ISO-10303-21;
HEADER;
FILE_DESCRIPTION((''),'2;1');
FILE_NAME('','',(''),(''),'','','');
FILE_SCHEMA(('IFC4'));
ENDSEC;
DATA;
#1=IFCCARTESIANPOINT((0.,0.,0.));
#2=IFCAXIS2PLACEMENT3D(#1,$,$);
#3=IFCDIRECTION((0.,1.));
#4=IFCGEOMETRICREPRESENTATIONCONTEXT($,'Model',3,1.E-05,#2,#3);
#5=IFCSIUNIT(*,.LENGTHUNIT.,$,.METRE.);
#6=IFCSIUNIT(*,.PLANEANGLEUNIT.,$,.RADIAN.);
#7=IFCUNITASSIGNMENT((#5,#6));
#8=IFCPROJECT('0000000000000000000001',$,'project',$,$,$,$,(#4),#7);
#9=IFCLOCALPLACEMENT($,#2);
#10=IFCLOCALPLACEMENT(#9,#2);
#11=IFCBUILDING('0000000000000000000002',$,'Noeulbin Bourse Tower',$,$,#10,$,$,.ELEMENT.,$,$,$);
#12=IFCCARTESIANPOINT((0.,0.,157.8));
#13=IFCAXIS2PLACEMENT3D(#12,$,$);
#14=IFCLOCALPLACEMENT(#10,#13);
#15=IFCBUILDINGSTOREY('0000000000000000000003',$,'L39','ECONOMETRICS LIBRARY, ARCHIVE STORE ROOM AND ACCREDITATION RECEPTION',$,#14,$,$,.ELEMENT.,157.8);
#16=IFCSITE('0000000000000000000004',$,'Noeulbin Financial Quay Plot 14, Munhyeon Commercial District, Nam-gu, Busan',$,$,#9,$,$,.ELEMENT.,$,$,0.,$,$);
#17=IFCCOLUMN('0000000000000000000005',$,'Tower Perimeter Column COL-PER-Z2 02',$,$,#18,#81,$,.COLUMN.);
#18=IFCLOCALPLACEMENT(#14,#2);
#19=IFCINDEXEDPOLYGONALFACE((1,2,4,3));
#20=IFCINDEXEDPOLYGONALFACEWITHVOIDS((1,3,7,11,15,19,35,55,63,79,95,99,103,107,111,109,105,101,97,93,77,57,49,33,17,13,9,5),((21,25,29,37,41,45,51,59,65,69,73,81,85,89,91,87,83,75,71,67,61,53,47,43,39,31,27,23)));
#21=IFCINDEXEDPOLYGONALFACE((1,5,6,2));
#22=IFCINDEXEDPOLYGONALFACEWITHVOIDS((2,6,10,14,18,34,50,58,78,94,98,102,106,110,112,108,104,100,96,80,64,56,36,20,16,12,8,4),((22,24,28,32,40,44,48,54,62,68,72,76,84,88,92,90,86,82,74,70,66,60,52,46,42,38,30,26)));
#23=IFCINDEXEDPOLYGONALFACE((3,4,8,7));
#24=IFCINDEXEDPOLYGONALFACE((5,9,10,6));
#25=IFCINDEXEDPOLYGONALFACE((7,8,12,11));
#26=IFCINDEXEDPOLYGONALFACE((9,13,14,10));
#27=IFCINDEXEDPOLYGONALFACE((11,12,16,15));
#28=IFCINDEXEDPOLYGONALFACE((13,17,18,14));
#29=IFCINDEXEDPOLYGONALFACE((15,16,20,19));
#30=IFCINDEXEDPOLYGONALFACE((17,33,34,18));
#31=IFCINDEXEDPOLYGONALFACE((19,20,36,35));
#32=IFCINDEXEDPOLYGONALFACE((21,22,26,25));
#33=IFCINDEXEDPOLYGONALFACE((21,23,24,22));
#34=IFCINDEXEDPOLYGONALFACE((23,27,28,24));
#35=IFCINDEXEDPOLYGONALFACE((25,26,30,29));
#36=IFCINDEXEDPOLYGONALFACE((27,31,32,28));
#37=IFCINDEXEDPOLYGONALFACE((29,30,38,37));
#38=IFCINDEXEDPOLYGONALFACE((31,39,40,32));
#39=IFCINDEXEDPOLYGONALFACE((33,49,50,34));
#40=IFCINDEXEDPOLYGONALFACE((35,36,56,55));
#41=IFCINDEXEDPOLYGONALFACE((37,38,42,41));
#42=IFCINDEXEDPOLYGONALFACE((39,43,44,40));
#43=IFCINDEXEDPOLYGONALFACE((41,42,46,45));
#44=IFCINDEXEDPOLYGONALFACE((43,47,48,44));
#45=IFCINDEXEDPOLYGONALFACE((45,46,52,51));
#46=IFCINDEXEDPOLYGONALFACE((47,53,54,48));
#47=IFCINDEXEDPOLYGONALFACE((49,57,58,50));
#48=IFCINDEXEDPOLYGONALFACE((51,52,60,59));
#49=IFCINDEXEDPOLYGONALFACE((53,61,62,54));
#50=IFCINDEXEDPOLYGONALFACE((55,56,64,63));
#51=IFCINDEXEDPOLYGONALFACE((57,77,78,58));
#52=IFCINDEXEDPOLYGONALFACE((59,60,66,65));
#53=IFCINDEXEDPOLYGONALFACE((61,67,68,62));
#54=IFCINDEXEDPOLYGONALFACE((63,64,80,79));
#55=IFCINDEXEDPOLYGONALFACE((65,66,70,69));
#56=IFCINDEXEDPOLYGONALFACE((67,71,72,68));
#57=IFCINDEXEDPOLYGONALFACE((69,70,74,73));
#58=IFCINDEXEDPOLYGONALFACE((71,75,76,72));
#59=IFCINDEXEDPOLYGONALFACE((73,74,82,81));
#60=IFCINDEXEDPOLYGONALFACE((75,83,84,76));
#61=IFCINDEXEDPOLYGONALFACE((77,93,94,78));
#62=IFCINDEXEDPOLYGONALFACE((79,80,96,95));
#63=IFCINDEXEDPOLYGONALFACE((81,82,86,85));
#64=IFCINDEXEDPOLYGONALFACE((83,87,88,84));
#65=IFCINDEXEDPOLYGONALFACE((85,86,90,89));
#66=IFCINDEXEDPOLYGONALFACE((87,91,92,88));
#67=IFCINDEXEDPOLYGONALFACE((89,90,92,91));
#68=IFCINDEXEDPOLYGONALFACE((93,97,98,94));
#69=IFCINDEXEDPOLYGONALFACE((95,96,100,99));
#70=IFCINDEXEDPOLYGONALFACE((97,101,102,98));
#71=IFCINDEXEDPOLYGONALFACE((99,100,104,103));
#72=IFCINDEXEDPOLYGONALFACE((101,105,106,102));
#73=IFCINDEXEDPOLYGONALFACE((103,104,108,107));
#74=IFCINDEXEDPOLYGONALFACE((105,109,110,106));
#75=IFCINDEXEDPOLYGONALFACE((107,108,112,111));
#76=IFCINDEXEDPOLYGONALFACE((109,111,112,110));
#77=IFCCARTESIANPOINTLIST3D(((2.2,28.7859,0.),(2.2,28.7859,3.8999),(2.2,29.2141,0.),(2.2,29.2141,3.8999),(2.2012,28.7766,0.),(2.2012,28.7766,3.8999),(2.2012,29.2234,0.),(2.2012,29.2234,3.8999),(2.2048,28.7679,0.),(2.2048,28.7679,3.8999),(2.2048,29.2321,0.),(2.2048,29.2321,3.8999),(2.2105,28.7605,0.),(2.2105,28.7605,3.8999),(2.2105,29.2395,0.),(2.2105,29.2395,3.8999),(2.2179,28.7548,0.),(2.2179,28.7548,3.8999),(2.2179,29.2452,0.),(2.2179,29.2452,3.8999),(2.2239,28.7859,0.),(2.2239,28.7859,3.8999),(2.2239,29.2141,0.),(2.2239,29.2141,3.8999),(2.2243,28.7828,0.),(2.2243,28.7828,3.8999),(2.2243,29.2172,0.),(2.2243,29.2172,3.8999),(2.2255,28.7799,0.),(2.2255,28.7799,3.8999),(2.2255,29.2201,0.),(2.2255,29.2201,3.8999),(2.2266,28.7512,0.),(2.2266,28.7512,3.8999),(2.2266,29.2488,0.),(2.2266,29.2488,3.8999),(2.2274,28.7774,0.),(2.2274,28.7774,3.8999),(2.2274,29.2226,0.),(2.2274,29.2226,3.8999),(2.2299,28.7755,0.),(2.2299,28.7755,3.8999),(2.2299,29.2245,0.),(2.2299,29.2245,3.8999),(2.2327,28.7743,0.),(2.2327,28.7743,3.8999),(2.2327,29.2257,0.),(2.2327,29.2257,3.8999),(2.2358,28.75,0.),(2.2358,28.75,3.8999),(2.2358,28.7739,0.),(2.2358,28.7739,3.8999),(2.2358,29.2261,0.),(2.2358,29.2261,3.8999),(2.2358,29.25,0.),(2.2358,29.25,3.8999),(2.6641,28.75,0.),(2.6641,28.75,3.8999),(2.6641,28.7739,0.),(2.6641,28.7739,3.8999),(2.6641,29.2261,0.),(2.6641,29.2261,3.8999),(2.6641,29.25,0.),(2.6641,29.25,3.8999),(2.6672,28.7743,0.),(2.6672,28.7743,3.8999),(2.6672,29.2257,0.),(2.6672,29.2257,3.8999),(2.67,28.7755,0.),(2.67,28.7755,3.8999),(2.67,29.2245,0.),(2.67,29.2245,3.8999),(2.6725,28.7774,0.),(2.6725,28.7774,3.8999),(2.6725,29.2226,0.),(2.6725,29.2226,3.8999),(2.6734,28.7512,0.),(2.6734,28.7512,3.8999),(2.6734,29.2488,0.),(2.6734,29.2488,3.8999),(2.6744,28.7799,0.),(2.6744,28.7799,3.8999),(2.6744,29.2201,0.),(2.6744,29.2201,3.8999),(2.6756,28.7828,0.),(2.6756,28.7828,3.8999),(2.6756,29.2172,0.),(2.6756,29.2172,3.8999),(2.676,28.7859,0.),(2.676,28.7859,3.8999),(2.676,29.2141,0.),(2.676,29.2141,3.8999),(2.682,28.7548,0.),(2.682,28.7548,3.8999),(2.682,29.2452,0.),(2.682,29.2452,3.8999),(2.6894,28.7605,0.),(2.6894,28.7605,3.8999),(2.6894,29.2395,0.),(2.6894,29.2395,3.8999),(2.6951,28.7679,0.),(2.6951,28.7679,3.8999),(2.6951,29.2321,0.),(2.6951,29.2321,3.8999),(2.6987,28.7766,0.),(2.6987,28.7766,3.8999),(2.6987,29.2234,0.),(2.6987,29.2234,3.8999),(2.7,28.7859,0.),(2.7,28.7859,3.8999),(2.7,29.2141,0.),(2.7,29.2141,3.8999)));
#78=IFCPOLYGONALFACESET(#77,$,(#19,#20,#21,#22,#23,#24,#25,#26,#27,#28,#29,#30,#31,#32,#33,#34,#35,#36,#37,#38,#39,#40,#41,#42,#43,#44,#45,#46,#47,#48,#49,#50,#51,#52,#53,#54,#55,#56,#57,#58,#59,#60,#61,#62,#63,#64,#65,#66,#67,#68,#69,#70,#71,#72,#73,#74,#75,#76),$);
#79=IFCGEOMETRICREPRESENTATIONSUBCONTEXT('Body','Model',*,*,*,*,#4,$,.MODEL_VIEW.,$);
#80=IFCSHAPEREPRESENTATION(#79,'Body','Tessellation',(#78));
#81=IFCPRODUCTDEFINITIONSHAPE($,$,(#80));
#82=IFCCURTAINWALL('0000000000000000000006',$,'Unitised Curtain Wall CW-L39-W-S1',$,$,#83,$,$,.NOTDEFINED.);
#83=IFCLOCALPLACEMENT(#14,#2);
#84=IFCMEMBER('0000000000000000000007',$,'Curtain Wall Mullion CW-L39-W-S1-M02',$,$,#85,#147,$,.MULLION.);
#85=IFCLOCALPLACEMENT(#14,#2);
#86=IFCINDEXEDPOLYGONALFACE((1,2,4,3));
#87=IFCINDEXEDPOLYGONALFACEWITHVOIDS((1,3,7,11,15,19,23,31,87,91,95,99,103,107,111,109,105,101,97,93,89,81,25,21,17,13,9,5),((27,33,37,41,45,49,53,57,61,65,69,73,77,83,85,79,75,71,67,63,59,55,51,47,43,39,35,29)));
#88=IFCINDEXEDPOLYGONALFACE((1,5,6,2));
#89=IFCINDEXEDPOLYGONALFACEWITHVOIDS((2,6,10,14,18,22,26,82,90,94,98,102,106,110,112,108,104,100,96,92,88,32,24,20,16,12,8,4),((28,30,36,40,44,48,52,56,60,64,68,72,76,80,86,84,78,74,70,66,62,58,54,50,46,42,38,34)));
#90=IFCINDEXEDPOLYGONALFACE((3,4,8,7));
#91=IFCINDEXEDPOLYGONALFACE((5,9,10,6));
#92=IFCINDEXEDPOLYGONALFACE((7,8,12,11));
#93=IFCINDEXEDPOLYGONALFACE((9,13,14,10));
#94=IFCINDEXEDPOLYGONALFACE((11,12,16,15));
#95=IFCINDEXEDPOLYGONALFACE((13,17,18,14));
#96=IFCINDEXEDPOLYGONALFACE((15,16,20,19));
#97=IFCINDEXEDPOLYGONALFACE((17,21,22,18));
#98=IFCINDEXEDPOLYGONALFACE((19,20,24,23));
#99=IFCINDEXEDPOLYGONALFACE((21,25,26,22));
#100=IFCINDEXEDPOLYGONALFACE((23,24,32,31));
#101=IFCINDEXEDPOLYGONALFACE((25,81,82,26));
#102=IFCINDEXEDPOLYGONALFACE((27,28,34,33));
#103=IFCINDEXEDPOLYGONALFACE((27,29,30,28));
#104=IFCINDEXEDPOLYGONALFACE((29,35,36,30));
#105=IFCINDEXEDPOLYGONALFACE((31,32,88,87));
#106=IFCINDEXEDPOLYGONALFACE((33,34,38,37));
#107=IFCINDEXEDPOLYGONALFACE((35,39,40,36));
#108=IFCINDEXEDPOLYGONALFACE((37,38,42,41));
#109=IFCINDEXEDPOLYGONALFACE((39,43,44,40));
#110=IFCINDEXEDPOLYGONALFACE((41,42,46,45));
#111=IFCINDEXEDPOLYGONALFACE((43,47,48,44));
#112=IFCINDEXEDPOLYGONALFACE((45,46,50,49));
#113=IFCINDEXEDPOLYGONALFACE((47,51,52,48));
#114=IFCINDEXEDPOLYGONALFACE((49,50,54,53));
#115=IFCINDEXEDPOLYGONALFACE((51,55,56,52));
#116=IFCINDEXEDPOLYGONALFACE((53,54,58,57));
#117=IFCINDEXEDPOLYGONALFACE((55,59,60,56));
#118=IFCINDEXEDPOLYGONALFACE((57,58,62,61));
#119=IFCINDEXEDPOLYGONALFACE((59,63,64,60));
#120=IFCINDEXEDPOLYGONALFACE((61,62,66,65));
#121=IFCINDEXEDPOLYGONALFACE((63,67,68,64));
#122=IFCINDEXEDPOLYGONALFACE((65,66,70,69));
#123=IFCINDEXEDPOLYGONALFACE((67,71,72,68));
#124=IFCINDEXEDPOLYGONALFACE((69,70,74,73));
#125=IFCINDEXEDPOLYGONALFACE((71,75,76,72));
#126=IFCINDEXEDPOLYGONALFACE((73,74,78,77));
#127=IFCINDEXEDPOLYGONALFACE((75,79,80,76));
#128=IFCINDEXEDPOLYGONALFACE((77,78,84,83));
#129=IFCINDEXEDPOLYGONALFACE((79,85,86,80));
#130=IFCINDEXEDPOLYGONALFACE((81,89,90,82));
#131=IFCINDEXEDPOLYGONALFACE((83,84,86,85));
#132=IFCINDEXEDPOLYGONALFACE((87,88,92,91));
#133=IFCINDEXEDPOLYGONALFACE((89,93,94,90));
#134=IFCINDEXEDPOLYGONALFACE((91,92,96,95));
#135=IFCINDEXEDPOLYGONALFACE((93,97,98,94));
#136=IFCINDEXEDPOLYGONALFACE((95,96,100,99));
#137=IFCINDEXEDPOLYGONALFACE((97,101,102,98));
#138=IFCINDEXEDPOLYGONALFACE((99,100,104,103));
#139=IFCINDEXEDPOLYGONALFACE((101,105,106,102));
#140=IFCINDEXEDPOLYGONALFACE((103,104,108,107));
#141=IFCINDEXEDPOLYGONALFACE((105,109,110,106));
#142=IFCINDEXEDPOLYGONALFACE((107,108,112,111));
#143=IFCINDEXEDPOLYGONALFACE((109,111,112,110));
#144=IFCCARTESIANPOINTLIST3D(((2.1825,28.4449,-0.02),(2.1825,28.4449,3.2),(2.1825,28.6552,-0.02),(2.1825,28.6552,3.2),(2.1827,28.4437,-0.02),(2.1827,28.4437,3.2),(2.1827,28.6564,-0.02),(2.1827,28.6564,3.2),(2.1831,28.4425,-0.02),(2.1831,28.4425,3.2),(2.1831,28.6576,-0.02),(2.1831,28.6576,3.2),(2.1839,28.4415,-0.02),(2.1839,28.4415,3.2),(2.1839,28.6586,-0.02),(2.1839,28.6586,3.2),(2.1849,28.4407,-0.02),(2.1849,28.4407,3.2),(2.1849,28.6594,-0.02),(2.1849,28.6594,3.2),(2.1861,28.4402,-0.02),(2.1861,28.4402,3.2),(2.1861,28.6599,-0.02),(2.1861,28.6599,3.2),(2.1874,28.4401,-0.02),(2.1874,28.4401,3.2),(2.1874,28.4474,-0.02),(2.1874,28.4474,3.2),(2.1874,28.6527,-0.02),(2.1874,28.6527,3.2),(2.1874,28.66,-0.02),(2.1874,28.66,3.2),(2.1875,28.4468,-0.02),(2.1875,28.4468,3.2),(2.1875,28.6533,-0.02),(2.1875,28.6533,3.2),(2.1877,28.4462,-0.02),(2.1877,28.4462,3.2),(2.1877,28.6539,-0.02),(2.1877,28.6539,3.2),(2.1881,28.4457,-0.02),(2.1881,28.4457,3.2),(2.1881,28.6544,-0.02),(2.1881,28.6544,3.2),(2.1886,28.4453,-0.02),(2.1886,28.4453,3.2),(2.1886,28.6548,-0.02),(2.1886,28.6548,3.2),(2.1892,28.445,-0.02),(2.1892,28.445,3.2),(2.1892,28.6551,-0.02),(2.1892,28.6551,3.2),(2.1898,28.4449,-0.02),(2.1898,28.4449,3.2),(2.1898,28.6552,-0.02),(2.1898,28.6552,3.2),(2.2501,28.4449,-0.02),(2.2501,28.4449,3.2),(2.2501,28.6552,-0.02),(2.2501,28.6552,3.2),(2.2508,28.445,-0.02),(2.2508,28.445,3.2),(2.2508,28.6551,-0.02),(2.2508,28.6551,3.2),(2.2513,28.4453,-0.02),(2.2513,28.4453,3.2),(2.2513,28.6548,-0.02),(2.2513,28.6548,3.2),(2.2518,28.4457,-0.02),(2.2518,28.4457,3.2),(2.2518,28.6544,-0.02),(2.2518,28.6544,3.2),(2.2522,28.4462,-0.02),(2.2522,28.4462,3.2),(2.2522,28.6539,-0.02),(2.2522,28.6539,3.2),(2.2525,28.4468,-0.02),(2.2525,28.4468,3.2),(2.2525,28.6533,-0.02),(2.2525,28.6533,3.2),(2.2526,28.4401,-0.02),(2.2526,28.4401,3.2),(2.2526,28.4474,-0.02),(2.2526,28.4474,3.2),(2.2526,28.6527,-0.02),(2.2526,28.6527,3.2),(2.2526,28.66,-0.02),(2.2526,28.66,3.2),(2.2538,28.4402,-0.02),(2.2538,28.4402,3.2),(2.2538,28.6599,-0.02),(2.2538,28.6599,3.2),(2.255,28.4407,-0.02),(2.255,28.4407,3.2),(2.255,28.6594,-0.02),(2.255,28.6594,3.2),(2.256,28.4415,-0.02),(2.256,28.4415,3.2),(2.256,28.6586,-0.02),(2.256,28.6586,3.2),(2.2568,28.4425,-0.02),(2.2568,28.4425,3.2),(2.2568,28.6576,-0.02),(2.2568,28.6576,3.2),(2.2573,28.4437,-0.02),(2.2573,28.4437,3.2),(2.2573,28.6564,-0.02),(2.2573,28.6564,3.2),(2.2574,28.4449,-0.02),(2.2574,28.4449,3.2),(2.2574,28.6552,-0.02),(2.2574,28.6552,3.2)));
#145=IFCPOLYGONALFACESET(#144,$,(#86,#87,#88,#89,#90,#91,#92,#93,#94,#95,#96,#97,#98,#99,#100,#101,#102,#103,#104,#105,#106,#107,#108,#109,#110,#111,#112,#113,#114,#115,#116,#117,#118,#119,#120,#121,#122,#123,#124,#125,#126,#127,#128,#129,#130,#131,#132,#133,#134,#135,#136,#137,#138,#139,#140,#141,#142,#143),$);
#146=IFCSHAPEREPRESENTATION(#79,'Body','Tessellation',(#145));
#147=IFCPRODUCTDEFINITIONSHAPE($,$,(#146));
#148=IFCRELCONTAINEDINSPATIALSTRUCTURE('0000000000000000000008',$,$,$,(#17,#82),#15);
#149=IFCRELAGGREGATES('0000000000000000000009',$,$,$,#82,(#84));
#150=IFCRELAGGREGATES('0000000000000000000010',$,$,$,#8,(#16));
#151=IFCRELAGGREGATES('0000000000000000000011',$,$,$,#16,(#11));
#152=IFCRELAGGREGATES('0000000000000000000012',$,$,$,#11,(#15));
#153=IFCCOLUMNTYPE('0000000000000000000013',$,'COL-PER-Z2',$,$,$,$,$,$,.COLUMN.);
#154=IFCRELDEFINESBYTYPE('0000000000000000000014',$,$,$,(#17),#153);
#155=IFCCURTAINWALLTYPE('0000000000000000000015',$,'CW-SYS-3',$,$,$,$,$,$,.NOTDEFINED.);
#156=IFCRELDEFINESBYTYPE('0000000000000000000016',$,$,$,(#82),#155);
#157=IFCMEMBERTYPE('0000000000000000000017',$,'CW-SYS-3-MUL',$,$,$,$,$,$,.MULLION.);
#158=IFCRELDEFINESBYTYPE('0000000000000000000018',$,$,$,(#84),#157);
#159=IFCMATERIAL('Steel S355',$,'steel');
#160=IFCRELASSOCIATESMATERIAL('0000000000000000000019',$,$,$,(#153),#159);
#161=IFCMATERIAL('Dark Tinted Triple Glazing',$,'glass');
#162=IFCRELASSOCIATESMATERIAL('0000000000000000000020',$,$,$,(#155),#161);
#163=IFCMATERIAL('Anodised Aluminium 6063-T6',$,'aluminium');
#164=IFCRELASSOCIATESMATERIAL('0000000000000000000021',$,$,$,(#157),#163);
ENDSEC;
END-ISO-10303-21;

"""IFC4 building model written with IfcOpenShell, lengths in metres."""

from ifc_helpers import new_model, si_unit, direction, frame, origin, origin_2d, place, context, subcontext, project, spatial, hollow_rectangle, extrude, material, material_profile, profile_set, type_object, element, aggregate, save


model = new_model("IFC4")

# Units and contexts
model_context = context("Model", 3, precision=1e-05, world=origin(), true_north=direction((0.0, 1.0)))
body_context = subcontext(model_context, "Body", "Model", "MODEL_VIEW")
ifc_project = project(units=[si_unit("LENGTHUNIT", "METRE"), si_unit("PLANEANGLEUNIT", "RADIAN")], contexts=[model_context])

# Site, building, storey
site_placement = place(None, origin())
site = spatial("IfcSite", under=ifc_project, at=site_placement, Name="Noeulbin Financial Quay Plot 14, Munhyeon Commercial District, Nam-gu, Busan", CompositionType="ELEMENT", RefElevation=0.0)
building_placement = place(site_placement, origin())
building = spatial("IfcBuilding", under=site, at=building_placement, Name="Noeulbin Bourse Tower", CompositionType="ELEMENT")
storey_placement = place(building_placement, frame((0.0, 0.0, 157.8)))
storey = spatial("IfcBuildingStorey", under=building, at=storey_placement, Name="L39", Description="ECONOMETRICS LIBRARY, ARCHIVE STORE ROOM AND ACCREDITATION RECEPTION", CompositionType="ELEMENT", Elevation=157.8)

# Column
ifc_material_1 = material(Name="Steel S355", Category="steel")
ifc_material_profile_1 = material_profile(ifc_material_1, hollow_rectangle(XDim=0.5, YDim=0.5, WallThickness=0.0239, InnerFilletRadius=0.012, OuterFilletRadius=0.0359, at=origin_2d()), Name="BOX-500x500x24", Category="LoadBearing")
ifc_profile_set_1 = profile_set([ifc_material_profile_1], Name="Steel S355")
column_type = type_object("IfcColumnType", Name="COL-PER-Z2", PredefinedType="COLUMN", material=ifc_profile_set_1)
column_placement = place(storey_placement, frame((2.45, 29.0, 0.0), z_axis=(0.0, 0.0, 1.0), x_axis=(1.0, 0.0, 0.0)))
element("IfcColumn", 1, at=column_placement, inside=storey, type_object=column_type, Name="Tower Perimeter Column COL-PER-Z2 02", PredefinedType="COLUMN", context=body_context, shape_type="SweptSolid", body=[
    extrude(hollow_rectangle(XDim=0.5, YDim=0.5, WallThickness=0.0239, InnerFilletRadius=0.012, OuterFilletRadius=0.0359, at=origin_2d()), origin(), (0.0, 0.0, 1.0), 3.8999),
])

# Curtain wall, member
ifc_material_2 = material(Name="Dark Tinted Triple Glazing", Category="glass")
curtain_wall_type = type_object("IfcCurtainWallType", Name="CW-SYS-3", PredefinedType="NOTDEFINED", material=ifc_material_2)
curtain_wall_1_placement = place(storey_placement, origin())
curtain_wall_1 = element("IfcCurtainWall", 2, at=curtain_wall_1_placement, inside=storey, type_object=curtain_wall_type, Name="Unitised Curtain Wall CW-L39-W-S1", PredefinedType="NOTDEFINED")
ifc_material_3 = material(Name="Anodised Aluminium 6063-T6", Category="aluminium")
ifc_material_profile_2 = material_profile(ifc_material_3, hollow_rectangle(XDim=0.075, YDim=0.22, WallThickness=0.0049, InnerFilletRadius=0.0024, OuterFilletRadius=0.0049, at=origin_2d()), Name="ALU-MULL-75x220x5", Category="LoadBearing")
ifc_profile_set_2 = profile_set([ifc_material_profile_2], Name="Anodised Aluminium 6063-T6")
member_type_1 = type_object("IfcMemberType", Name="CW-SYS-3-MUL", PredefinedType="MULLION", material=ifc_profile_set_2)
member_1_placement = place(storey_placement, frame((2.22, 28.55, -0.02), z_axis=(0.0, 0.0, 1.0), x_axis=(1.0, 0.0, 0.0)))
member_1 = element("IfcMember", 3, at=member_1_placement, type_object=member_type_1, Name="Curtain Wall Mullion CW-L39-W-S1-M02", PredefinedType="MULLION", context=body_context, shape_type="SweptSolid", body=[
    extrude(hollow_rectangle(XDim=0.075, YDim=0.22, WallThickness=0.0049, InnerFilletRadius=0.0024, OuterFilletRadius=0.0049, at=origin_2d()), origin(), (0.0, 0.0, 1.0), 3.22),
])

aggregate(curtain_wall_1, [member_1])

save(model, "model.ifc")
